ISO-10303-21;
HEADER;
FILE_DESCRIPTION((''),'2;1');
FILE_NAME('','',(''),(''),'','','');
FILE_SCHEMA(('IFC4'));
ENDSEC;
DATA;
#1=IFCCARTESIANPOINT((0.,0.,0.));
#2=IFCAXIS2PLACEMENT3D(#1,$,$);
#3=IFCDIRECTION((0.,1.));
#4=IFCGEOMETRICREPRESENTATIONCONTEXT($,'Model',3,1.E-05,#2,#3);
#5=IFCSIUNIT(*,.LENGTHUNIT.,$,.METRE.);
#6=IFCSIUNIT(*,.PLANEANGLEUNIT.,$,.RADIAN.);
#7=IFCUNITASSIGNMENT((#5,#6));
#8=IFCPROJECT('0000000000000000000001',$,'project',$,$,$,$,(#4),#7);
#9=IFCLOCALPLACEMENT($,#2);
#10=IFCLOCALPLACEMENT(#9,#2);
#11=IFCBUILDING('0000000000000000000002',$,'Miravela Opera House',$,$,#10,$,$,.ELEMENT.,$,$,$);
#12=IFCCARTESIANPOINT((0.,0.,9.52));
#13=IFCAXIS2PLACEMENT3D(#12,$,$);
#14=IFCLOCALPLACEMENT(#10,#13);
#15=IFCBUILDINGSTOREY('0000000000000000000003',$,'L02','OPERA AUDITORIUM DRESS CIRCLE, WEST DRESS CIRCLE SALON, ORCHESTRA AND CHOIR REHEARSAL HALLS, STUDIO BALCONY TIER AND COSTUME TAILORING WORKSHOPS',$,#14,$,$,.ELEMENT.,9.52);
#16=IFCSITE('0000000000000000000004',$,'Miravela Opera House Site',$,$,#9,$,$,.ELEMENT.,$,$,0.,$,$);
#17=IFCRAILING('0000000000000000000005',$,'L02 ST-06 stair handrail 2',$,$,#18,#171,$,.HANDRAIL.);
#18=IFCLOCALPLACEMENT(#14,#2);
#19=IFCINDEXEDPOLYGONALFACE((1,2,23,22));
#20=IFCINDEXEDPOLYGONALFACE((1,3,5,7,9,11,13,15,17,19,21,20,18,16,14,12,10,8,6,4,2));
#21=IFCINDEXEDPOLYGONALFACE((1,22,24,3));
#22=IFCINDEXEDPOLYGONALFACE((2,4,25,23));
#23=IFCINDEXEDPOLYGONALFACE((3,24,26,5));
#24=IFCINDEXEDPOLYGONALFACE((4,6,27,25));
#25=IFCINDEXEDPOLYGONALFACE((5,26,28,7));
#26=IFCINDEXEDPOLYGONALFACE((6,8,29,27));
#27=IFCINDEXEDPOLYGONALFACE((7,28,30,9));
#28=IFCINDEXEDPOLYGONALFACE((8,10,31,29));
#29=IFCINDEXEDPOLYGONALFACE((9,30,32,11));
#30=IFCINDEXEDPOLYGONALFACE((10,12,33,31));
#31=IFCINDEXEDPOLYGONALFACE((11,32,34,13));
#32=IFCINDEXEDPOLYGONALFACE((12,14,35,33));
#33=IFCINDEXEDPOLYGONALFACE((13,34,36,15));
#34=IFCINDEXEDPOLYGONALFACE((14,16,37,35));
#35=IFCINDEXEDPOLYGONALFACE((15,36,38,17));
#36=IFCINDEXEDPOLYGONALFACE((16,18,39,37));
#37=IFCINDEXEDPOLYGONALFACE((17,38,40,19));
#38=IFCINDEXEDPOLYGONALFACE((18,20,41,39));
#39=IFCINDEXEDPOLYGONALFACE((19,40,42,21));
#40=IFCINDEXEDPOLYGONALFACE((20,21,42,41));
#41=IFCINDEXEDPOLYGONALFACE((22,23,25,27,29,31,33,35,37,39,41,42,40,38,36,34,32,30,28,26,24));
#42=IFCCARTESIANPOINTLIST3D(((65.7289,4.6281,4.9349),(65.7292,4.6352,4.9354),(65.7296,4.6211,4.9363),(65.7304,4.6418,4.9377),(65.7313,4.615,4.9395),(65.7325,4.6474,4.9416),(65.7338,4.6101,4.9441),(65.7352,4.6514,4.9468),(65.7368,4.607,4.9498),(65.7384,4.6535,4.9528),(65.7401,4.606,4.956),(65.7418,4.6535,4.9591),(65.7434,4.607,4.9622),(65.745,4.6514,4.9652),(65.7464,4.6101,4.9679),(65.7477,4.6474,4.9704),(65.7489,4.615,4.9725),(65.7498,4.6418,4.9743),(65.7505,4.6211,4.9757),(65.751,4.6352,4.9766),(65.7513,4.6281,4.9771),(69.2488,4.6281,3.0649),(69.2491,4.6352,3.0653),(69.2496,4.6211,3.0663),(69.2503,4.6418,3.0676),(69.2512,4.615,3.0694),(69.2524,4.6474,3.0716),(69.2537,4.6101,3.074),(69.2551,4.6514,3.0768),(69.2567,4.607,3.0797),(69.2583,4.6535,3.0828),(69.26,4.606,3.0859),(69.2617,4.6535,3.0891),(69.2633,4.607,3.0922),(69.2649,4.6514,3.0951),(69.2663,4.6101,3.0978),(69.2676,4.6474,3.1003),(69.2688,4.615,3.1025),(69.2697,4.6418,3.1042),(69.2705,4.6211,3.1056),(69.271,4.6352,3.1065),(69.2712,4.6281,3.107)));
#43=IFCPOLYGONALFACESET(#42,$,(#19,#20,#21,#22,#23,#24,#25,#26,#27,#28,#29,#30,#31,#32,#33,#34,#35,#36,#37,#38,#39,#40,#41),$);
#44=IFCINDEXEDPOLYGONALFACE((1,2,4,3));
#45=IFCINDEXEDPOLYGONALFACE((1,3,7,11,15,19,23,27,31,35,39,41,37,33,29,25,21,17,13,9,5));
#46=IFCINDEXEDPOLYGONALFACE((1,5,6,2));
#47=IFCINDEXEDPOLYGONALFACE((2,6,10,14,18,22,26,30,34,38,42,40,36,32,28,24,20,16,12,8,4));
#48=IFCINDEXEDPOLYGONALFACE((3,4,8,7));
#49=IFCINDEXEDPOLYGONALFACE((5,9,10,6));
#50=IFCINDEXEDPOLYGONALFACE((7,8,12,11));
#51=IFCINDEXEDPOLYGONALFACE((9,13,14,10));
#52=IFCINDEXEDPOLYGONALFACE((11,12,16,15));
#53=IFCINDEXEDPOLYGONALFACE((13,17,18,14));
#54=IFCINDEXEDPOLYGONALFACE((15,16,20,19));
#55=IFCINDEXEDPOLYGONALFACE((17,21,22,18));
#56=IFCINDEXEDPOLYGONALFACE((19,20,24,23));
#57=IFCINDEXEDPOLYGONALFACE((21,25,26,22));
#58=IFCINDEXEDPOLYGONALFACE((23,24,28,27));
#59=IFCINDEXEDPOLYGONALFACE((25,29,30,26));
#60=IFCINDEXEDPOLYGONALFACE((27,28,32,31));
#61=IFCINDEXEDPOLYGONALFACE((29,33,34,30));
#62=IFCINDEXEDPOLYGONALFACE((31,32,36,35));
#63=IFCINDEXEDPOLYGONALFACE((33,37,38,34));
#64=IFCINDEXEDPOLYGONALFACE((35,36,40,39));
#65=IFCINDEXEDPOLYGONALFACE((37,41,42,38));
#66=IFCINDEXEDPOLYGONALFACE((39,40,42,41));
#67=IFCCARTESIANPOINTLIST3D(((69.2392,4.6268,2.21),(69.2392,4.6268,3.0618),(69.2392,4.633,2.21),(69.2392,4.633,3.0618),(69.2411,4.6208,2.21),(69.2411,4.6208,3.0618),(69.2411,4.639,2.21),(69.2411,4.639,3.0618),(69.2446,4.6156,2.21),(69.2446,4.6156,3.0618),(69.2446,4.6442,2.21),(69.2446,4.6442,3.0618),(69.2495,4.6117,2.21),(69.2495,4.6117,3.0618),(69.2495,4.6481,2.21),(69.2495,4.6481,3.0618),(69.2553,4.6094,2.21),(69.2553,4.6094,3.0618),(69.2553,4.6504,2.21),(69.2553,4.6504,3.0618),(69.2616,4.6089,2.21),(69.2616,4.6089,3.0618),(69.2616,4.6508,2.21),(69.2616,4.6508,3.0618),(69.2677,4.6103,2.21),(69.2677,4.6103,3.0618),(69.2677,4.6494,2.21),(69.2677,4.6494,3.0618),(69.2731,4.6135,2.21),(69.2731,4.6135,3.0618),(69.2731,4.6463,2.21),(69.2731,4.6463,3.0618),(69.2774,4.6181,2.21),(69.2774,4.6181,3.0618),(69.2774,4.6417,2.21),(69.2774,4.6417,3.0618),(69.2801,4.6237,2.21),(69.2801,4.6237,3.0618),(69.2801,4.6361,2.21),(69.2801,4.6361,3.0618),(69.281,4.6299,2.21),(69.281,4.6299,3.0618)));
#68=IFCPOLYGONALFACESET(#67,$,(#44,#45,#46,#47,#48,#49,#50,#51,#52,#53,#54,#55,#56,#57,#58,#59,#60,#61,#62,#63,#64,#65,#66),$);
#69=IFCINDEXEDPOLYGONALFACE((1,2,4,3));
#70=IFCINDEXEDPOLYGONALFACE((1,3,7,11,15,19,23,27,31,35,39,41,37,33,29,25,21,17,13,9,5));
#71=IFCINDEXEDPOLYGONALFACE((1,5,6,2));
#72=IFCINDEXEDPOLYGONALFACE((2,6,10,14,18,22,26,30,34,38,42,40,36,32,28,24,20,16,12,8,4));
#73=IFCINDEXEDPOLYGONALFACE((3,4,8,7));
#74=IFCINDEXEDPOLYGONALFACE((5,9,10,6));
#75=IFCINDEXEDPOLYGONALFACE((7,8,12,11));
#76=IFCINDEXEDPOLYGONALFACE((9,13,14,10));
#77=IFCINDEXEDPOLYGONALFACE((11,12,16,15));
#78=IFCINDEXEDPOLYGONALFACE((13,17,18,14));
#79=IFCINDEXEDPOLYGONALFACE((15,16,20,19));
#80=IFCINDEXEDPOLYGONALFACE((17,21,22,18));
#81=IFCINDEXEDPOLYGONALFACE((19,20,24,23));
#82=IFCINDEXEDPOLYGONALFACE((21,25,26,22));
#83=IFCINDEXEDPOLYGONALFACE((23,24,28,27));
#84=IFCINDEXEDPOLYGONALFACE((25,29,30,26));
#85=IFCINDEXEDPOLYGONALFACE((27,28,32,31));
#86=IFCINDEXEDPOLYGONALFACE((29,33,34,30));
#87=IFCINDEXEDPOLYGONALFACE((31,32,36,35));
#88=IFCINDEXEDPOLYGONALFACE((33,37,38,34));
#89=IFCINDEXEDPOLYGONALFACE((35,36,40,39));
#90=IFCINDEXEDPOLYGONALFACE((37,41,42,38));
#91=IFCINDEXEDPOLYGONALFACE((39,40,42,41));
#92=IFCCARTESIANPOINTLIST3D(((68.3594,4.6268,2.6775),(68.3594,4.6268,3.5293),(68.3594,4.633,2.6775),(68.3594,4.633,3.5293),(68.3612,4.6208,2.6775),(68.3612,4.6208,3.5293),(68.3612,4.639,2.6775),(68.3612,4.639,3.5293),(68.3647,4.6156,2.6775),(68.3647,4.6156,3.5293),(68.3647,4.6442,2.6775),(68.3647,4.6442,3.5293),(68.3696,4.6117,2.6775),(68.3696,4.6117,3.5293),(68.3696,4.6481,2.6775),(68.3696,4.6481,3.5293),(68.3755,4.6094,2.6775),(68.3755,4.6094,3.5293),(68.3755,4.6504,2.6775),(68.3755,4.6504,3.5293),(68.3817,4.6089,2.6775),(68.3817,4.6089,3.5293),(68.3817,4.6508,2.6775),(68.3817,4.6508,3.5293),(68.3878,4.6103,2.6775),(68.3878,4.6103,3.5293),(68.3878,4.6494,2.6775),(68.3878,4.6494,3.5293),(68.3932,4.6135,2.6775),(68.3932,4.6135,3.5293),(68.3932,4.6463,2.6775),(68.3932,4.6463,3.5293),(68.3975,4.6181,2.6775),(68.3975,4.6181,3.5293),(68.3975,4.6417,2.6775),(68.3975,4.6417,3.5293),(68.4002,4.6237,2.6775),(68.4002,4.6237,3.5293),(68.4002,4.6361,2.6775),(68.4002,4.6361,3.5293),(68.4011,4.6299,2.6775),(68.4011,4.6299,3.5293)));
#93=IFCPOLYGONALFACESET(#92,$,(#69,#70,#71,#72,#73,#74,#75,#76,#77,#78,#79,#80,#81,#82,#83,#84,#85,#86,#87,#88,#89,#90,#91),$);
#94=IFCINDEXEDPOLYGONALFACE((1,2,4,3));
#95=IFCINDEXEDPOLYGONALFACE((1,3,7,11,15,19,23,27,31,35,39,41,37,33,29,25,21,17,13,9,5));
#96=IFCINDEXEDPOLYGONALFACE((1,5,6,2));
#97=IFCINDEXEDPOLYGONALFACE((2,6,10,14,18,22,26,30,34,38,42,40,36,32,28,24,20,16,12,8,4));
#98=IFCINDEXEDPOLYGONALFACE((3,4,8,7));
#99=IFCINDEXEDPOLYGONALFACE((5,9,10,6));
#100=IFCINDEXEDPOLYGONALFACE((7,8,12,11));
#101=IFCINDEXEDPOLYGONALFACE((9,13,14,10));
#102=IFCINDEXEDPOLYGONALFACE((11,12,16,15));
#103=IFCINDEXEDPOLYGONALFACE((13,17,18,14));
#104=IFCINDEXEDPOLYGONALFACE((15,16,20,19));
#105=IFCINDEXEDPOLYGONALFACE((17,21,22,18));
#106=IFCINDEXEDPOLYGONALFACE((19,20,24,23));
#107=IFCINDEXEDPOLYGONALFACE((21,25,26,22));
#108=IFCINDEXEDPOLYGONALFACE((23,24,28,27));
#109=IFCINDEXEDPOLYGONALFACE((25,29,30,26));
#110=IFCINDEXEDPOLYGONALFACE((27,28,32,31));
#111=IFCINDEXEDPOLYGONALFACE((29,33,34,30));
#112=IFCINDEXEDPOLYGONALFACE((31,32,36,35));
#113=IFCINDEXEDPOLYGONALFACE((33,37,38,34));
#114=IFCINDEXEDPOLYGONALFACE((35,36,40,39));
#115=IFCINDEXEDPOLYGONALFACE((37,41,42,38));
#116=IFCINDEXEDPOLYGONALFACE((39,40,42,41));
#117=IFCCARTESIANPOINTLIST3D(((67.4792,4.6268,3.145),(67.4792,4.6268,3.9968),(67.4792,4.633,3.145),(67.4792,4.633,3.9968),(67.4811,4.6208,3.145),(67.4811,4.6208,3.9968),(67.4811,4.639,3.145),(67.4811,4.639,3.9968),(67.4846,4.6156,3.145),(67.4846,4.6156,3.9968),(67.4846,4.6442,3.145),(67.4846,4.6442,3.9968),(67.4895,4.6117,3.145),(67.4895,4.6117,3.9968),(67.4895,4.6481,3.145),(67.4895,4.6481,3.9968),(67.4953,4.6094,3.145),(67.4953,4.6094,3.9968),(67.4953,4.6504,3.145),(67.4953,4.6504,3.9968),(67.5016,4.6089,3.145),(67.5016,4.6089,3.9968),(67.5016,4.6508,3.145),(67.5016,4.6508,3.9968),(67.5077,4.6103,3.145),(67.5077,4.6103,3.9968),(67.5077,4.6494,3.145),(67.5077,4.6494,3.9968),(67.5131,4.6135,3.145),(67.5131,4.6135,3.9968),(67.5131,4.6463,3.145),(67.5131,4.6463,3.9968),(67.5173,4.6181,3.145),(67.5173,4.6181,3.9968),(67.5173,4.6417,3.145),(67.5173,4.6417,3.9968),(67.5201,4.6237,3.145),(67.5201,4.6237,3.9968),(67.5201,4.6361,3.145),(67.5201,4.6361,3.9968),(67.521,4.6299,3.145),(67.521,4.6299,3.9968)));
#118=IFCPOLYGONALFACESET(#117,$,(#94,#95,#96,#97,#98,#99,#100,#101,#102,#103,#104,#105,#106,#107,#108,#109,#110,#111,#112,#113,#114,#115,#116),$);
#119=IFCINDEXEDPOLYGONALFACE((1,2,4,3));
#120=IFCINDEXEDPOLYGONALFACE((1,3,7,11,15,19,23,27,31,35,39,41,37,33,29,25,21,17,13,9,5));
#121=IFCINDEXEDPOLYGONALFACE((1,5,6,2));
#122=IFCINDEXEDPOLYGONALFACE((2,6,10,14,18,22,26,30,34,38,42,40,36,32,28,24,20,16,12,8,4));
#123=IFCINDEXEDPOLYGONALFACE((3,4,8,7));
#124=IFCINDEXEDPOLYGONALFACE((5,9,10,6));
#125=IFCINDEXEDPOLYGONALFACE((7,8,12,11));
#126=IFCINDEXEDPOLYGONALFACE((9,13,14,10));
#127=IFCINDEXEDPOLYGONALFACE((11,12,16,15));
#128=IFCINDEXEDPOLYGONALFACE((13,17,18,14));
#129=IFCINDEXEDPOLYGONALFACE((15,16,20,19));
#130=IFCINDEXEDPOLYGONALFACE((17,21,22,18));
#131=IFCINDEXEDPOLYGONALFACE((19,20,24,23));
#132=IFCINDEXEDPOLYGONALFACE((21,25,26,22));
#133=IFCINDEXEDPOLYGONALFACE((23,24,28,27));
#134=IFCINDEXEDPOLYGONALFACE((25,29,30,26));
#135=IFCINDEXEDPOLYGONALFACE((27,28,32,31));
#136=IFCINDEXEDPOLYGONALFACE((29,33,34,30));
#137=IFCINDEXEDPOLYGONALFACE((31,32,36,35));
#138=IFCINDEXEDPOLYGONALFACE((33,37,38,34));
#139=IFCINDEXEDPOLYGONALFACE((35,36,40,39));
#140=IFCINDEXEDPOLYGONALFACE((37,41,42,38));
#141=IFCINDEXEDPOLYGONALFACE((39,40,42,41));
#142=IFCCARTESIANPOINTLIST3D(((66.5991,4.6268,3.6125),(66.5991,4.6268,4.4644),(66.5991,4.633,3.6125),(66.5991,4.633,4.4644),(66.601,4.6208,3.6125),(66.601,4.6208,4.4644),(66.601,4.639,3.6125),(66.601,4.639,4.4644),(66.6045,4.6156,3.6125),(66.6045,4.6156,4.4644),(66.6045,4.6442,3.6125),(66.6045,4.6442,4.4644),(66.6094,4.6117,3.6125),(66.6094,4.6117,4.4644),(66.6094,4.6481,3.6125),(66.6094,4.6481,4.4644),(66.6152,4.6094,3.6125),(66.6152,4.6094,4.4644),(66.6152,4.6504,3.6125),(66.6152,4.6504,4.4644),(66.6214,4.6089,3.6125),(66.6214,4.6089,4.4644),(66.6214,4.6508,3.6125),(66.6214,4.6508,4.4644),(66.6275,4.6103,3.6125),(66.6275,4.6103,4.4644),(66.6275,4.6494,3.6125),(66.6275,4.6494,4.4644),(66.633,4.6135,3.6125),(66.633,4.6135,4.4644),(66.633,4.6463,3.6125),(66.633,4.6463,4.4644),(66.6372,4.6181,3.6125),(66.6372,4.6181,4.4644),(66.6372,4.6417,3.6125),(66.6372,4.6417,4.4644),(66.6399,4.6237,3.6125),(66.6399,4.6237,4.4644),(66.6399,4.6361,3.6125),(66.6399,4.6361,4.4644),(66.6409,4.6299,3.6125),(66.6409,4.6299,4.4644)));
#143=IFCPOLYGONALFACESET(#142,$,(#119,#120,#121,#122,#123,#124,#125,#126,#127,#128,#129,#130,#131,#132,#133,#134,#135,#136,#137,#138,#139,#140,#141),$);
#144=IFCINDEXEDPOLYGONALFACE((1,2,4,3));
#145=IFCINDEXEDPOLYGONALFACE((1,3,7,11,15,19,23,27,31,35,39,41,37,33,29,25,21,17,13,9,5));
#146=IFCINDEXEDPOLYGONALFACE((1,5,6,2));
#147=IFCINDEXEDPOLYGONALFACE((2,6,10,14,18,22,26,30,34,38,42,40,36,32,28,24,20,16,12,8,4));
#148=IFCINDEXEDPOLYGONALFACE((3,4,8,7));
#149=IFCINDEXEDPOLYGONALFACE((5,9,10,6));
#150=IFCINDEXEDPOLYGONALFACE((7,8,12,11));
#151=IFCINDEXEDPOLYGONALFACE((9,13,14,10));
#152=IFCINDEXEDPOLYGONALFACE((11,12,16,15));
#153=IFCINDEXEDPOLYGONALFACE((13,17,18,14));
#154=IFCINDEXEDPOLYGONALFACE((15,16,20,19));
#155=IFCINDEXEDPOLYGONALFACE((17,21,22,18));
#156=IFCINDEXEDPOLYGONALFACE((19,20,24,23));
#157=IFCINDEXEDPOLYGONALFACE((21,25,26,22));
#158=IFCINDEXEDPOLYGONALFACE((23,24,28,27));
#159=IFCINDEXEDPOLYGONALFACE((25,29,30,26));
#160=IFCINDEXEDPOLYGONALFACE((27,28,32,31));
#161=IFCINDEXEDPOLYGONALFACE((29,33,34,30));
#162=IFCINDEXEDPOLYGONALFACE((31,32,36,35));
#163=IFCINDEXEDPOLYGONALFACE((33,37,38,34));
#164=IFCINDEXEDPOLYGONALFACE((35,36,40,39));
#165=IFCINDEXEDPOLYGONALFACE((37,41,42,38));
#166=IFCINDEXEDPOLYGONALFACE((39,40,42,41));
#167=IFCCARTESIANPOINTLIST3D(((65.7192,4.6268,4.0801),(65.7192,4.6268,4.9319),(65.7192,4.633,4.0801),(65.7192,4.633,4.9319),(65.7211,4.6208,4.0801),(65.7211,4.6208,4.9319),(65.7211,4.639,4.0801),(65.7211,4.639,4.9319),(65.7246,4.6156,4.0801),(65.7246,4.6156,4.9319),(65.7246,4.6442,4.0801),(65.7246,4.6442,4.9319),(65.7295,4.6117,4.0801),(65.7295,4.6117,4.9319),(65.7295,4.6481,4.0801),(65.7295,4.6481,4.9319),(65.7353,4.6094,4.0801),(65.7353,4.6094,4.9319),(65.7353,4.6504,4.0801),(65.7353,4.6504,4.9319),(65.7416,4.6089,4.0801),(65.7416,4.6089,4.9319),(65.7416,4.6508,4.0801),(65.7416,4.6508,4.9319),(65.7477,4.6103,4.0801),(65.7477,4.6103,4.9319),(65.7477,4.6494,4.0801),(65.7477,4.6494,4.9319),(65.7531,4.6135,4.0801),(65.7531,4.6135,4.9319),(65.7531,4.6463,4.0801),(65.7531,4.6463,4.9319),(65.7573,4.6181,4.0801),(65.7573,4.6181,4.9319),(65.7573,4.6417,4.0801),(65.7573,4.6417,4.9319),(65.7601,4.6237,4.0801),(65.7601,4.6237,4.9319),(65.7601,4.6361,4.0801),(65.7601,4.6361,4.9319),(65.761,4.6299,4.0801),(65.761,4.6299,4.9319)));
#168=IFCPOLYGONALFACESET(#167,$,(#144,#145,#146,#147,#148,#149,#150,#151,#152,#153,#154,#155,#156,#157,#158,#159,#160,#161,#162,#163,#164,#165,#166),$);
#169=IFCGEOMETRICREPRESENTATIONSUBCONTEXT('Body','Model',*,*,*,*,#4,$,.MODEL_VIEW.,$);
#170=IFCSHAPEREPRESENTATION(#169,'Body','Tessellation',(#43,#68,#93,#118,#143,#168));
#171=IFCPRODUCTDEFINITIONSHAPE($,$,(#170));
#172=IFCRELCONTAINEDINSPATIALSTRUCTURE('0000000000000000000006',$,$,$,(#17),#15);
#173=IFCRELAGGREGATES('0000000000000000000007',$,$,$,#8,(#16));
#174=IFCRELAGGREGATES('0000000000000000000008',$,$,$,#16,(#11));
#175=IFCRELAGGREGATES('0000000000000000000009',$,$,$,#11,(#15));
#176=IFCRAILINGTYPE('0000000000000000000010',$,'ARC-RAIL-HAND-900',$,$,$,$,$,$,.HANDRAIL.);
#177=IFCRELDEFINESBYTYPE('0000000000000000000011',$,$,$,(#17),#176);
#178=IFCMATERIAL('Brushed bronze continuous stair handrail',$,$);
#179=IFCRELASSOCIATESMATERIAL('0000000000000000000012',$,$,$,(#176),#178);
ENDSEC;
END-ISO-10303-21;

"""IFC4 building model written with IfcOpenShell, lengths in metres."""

from ifc_helpers import new_model, si_unit, direction, frame, origin, origin_2d, place, context, subcontext, project, spatial, circle, extrude, material, type_object, element, save


model = new_model("IFC4")

# Units and contexts
model_context = context("Model", 3, precision=1e-05, world=origin(), true_north=direction((0.0, 1.0)))
body_context = subcontext(model_context, "Body", "Model", "MODEL_VIEW")
ifc_project = project(units=[si_unit("LENGTHUNIT", "METRE"), si_unit("PLANEANGLEUNIT", "RADIAN")], contexts=[model_context])

# Site, building, storey
site_placement = place(None, origin())
site = spatial("IfcSite", under=ifc_project, at=site_placement, Name="Miravela Opera House Site", CompositionType="ELEMENT", RefElevation=0.0)
building_placement = place(site_placement, origin())
building = spatial("IfcBuilding", under=site, at=building_placement, Name="Miravela Opera House", CompositionType="ELEMENT")
storey_placement = place(building_placement, frame((0.0, 0.0, 9.52)))
storey = spatial("IfcBuildingStorey", under=building, at=storey_placement, Name="L02", Description="OPERA AUDITORIUM DRESS CIRCLE, WEST DRESS CIRCLE SALON, ORCHESTRA AND CHOIR REHEARSAL HALLS, STUDIO BALCONY TIER AND COSTUME TAILORING WORKSHOPS", CompositionType="ELEMENT", Elevation=9.52)

# Railing
ifc_material_1 = material(Name="Brushed bronze continuous stair handrail")
railing_type = type_object("IfcRailingType", Name="ARC-RAIL-HAND-900", PredefinedType="HANDRAIL", material=ifc_material_1)
railing_placement = place(storey_placement, frame((69.26, 4.6299, 2.21)))
element("IfcRailing", 1, at=railing_placement, inside=storey, type_object=railing_type, Name="L02 ST-06 stair handrail 2", PredefinedType="HANDRAIL", context=body_context, shape_type="SweptSolid", body=[
    extrude(circle(Radius=0.0239, at=origin_2d()), frame((0.0, 0.0, 0.876), z_axis=(-0.883105, 0.0, 0.469176), x_axis=(0.0, -1.0, 0.0)), (0.0, 0.0, 1.0), 3.9858),
    extrude(circle(Radius=0.021, at=origin_2d()), origin(), (0.0, 0.0, 1.0), 0.8518),
    extrude(circle(Radius=0.021, at=origin_2d()), frame((-0.8799, 0.0, 0.4675)), (0.0, 0.0, 1.0), 0.8518),
    extrude(circle(Radius=0.021, at=origin_2d()), frame((-1.76, 0.0, 0.9351)), (0.0, 0.0, 1.0), 0.8518),
    extrude(circle(Radius=0.021, at=origin_2d()), frame((-2.6401, 0.0, 1.4026)), (0.0, 0.0, 1.0), 0.8518),
    extrude(circle(Radius=0.021, at=origin_2d()), frame((-3.52, 0.0, 1.8701)), (0.0, 0.0, 1.0), 0.8518),
])

save(model, "model.ifc")
